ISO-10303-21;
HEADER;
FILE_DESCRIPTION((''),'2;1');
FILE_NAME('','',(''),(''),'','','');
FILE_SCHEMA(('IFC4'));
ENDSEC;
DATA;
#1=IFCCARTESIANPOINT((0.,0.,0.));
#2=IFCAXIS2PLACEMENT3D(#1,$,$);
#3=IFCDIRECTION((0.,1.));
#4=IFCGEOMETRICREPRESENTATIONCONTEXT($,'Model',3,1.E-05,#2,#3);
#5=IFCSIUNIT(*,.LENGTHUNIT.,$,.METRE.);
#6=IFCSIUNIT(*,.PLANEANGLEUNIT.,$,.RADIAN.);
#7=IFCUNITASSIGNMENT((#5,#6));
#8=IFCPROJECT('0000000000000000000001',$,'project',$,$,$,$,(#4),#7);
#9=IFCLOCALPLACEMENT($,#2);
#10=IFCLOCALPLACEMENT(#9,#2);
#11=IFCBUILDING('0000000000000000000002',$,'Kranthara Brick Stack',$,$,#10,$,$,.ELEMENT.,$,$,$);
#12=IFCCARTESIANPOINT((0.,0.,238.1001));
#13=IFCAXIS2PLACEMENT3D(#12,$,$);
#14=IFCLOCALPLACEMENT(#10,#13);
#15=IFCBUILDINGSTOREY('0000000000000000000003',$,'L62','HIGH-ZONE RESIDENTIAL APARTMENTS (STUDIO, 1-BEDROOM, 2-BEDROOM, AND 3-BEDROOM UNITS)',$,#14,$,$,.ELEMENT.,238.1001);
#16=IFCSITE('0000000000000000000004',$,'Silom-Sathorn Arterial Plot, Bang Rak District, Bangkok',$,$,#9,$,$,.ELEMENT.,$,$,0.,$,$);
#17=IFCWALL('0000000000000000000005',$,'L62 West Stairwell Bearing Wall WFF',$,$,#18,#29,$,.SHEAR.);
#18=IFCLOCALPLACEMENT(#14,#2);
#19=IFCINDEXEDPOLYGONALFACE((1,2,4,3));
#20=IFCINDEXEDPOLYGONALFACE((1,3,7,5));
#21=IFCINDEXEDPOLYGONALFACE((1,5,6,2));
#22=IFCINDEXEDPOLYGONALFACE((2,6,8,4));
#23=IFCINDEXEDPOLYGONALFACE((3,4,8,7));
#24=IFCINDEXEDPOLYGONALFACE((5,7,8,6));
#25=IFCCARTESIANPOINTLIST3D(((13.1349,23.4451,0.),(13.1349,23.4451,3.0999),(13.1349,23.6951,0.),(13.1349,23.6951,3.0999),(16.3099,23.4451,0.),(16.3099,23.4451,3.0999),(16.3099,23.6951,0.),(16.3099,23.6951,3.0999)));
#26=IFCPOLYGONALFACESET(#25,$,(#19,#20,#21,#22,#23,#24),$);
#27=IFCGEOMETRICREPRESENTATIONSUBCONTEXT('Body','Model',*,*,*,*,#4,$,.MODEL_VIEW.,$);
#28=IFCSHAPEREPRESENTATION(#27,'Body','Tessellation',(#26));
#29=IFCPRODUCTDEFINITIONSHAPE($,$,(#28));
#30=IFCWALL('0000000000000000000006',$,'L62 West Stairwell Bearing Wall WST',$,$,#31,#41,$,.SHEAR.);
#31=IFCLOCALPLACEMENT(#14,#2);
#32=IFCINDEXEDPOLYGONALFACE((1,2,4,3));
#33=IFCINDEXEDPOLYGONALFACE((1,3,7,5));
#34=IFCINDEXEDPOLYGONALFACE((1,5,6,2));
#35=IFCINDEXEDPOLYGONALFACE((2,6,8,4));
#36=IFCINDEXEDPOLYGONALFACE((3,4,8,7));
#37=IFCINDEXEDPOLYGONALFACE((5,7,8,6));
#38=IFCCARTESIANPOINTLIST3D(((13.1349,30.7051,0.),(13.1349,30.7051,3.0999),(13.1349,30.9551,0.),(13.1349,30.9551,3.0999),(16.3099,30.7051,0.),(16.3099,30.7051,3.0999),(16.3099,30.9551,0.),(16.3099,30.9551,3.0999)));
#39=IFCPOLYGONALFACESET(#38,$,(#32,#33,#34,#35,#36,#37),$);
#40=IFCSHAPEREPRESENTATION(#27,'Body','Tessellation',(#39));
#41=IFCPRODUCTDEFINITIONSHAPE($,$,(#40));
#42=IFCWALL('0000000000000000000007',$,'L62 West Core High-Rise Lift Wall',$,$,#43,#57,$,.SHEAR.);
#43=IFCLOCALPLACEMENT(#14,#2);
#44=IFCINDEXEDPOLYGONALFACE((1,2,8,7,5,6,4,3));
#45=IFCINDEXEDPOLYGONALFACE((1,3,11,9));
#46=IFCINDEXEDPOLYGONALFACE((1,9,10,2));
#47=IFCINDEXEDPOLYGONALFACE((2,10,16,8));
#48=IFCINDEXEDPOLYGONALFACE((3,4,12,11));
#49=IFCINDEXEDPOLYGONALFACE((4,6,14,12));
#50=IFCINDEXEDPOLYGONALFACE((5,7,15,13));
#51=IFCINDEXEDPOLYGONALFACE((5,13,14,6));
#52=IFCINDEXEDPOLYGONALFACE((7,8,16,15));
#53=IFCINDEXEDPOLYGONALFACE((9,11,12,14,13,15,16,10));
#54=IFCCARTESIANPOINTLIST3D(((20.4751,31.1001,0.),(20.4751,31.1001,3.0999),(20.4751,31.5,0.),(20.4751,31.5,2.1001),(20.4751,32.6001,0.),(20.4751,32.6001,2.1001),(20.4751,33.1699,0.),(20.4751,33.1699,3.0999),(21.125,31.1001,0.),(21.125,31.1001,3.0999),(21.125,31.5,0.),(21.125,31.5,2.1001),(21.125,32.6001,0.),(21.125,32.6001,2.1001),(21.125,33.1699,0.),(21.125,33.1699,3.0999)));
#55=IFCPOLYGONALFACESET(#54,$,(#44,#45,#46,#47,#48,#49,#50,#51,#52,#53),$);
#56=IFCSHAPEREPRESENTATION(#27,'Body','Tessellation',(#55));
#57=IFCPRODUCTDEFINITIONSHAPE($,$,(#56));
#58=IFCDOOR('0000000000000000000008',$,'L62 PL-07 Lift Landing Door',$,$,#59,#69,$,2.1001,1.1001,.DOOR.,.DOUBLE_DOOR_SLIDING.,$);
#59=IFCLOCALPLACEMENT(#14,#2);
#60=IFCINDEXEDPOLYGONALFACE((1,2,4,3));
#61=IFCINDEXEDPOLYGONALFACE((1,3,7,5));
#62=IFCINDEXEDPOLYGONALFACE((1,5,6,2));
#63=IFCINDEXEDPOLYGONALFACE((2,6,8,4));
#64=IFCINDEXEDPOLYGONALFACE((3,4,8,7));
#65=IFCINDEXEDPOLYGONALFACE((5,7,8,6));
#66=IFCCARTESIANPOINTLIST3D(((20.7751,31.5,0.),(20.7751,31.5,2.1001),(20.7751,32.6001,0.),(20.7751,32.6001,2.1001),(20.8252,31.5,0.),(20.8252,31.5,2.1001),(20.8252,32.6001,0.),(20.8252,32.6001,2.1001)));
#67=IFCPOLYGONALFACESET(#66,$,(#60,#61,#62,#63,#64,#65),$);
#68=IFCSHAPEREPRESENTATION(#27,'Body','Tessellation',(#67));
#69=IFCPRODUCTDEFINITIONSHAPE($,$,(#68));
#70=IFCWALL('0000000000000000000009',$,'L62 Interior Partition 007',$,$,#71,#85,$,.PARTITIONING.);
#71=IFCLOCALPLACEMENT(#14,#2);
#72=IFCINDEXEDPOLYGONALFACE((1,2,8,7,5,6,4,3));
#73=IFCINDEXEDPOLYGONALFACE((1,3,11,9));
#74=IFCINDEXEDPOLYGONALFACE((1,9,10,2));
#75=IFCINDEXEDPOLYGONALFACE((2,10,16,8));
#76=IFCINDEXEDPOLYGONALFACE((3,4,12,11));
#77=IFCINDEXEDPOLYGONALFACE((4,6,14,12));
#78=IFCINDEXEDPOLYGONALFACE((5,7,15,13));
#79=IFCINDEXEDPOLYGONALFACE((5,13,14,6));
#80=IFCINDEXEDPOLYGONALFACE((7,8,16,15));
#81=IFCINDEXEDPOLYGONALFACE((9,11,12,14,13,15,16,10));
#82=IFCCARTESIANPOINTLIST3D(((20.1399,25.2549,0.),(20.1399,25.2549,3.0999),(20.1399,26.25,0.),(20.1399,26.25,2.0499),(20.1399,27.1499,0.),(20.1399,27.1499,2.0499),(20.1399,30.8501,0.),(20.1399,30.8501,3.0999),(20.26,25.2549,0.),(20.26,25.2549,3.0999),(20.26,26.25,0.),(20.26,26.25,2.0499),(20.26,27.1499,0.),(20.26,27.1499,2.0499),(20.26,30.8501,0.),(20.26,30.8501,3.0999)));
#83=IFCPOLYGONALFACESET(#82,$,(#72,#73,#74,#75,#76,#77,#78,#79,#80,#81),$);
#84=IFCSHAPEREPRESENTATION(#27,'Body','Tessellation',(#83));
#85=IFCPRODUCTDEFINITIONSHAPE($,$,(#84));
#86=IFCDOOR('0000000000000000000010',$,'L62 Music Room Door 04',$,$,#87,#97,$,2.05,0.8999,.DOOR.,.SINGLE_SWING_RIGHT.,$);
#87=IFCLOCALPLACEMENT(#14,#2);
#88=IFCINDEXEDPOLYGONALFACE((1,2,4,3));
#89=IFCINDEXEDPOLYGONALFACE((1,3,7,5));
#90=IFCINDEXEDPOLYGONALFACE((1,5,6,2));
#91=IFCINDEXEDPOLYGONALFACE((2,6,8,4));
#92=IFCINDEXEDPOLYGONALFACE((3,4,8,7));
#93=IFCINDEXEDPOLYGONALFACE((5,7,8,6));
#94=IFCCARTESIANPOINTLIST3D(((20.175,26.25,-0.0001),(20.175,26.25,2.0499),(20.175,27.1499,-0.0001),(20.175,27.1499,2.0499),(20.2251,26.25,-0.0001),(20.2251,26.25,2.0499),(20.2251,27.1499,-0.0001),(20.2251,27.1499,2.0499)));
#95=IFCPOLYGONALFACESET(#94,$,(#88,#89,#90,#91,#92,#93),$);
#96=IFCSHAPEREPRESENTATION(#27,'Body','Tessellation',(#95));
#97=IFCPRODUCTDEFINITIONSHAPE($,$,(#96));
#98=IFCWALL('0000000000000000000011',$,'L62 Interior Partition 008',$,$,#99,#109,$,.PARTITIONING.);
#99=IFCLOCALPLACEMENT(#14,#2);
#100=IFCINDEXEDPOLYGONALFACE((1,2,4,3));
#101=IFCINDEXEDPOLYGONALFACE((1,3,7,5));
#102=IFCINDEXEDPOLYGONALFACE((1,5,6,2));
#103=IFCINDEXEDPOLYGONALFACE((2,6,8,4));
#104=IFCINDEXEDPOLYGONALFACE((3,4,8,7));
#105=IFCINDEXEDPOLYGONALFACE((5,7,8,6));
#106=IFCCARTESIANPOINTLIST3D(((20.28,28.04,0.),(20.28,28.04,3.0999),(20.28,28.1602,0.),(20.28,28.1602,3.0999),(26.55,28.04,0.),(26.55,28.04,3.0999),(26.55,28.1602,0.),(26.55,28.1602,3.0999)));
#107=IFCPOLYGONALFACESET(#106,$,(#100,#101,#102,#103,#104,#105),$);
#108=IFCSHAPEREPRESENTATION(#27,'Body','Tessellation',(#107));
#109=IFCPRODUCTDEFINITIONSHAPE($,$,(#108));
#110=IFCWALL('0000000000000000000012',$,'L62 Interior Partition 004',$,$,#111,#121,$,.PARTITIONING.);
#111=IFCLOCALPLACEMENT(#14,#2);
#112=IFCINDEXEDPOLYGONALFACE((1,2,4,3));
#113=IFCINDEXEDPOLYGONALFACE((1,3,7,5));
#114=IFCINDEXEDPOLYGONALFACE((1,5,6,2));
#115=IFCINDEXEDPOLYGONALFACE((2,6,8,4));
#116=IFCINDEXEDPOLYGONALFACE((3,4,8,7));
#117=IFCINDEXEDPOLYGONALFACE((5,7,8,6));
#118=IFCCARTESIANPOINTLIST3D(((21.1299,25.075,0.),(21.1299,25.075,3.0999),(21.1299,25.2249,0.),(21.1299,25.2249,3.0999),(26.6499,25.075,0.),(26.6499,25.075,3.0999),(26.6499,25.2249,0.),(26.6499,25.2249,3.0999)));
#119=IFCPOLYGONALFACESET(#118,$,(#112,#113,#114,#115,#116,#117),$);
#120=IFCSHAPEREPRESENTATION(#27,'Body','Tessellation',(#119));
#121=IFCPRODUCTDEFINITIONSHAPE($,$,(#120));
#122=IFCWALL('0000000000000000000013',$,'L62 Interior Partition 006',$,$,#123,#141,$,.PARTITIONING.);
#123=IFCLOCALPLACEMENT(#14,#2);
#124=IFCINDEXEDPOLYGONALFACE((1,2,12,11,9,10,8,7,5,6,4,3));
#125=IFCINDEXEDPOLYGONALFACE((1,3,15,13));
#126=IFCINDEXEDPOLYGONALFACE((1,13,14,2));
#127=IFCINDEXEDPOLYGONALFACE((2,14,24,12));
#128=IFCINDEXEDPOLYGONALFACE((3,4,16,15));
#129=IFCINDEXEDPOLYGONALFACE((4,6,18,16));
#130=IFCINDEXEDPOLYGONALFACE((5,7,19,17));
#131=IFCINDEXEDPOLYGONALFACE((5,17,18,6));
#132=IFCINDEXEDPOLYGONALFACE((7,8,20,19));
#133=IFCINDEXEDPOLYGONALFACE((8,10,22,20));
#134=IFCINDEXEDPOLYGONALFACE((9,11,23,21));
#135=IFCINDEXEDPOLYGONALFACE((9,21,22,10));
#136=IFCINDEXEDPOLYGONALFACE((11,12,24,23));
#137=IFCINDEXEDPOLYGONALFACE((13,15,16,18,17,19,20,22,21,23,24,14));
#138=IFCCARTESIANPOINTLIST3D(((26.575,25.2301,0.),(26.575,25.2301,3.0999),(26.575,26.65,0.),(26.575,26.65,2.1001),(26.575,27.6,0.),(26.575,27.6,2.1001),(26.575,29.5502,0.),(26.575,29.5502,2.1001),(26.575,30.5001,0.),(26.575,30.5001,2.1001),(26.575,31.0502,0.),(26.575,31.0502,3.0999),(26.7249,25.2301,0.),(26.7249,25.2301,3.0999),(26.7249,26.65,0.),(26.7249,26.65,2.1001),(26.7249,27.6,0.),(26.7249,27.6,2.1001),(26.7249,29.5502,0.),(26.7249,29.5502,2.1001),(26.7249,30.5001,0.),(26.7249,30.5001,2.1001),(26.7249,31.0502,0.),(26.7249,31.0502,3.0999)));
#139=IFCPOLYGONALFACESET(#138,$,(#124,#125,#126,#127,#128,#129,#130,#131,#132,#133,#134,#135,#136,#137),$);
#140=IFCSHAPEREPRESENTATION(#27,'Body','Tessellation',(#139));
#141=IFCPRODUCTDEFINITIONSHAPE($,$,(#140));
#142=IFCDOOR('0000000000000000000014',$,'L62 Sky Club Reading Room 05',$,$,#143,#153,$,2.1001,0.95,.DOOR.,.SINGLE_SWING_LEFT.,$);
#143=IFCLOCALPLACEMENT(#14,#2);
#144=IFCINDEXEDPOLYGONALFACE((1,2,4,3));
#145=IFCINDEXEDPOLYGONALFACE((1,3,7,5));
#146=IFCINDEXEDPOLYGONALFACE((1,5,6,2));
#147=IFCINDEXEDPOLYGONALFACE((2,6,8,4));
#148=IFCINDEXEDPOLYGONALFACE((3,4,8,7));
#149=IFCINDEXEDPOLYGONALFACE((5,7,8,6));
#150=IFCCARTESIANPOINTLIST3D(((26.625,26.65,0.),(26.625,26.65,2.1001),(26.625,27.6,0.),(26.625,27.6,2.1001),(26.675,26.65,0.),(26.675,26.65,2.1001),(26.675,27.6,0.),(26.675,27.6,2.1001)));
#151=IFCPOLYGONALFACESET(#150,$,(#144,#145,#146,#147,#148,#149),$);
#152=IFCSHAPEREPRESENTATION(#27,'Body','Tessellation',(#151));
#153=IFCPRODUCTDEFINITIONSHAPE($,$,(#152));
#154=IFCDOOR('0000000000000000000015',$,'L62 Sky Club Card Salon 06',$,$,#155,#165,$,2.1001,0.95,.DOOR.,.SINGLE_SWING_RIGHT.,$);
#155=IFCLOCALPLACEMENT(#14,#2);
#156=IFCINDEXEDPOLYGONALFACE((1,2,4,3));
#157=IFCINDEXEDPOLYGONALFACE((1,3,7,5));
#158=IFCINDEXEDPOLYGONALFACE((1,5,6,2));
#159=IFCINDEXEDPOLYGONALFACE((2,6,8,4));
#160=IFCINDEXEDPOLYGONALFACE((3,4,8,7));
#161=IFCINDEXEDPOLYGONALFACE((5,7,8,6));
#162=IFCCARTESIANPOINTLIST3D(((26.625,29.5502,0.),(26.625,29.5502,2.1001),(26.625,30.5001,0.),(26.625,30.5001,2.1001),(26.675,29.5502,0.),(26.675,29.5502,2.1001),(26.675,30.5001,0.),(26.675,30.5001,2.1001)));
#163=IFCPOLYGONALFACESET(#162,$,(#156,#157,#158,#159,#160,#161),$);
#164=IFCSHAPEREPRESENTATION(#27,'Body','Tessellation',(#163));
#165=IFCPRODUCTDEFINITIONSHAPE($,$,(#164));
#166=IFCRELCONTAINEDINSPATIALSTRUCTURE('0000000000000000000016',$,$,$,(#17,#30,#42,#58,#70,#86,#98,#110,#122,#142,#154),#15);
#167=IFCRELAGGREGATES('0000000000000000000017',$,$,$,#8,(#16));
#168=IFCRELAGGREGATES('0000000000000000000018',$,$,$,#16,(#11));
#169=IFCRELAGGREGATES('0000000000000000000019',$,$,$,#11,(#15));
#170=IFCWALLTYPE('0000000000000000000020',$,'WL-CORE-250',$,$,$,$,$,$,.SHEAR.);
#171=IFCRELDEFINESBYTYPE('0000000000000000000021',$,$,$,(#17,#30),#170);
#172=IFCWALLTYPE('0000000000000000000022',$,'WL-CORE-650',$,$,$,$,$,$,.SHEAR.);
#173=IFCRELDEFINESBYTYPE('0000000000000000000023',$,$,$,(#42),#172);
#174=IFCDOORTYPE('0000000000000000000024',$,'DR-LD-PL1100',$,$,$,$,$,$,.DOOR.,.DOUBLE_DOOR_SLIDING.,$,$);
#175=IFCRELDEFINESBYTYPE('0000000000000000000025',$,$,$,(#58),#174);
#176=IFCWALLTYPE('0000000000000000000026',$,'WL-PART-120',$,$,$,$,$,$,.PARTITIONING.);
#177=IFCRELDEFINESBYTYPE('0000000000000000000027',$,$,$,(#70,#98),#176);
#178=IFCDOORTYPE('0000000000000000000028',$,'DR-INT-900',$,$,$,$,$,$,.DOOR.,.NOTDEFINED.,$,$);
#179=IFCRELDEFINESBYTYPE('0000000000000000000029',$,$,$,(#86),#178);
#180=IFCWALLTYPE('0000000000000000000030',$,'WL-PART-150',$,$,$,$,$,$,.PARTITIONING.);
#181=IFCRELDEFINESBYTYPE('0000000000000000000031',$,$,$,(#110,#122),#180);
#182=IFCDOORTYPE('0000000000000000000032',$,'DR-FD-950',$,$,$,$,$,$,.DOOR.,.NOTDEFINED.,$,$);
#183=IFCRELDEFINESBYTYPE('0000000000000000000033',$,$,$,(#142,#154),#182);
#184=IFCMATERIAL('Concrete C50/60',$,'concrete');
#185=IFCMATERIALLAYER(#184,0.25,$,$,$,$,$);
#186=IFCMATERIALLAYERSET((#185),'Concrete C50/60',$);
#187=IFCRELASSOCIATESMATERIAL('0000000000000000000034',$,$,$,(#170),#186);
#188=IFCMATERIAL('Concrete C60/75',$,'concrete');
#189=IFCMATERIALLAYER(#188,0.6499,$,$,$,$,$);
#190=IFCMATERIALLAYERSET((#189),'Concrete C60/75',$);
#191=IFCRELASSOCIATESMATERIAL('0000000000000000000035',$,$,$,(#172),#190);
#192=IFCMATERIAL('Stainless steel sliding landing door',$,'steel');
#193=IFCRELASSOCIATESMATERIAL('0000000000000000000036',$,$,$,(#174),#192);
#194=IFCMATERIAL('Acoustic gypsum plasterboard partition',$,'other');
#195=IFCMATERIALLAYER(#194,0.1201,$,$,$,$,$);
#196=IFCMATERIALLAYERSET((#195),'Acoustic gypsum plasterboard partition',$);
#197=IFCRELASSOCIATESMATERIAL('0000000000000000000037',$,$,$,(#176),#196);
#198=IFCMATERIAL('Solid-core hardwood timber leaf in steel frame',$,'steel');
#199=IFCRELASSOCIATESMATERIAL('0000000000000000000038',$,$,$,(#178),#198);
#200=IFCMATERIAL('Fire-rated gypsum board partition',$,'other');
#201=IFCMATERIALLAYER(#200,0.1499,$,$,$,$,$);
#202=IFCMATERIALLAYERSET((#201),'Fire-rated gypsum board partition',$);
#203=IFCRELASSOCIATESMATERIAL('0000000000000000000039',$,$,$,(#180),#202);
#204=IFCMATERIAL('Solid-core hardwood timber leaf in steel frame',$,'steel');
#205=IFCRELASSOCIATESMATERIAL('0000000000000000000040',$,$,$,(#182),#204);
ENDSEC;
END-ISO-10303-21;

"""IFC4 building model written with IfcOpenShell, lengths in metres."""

from ifc_helpers import new_model, si_unit, direction, frame, frame_2d, origin, place, context, subcontext, project, spatial, rectangle, extrude, material, layer, layer_set, type_object, element, fill, save


model = new_model("IFC4")

# Units and contexts
model_context = context("Model", 3, precision=1e-05, world=origin(), true_north=direction((0.0, 1.0)))
body_context = subcontext(model_context, "Body", "Model", "MODEL_VIEW")
ifc_project = project(units=[si_unit("LENGTHUNIT", "METRE"), si_unit("PLANEANGLEUNIT", "RADIAN")], contexts=[model_context])

# Site, building, storey
site_placement = place(None, origin())
site = spatial("IfcSite", under=ifc_project, at=site_placement, Name="Silom-Sathorn Arterial Plot, Bang Rak District, Bangkok", CompositionType="ELEMENT", RefElevation=0.0)
building_placement = place(site_placement, origin())
building = spatial("IfcBuilding", under=site, at=building_placement, Name="Kranthara Brick Stack", CompositionType="ELEMENT")
storey_placement = place(building_placement, frame((0.0, 0.0, 238.1001)))
storey = spatial("IfcBuildingStorey", under=building, at=storey_placement, Name="L62", Description="HIGH-ZONE RESIDENTIAL APARTMENTS (STUDIO, 1-BEDROOM, 2-BEDROOM, AND 3-BEDROOM UNITS)", CompositionType="ELEMENT", Elevation=238.1001)

# Walls
ifc_material_1 = material(Name="Concrete C50/60", Category="concrete")
ifc_layer_1 = layer(ifc_material_1, 0.25)
ifc_layer_set_1 = layer_set([ifc_layer_1], Name="Concrete C50/60")
wall_type_1 = type_object("IfcWallType", Name="WL-CORE-250", PredefinedType="SHEAR", material=ifc_layer_set_1)
for number, where, z_axis, x_axis, name in (
    (1, (13.135, 23.5701, 0.0), (0.0, 0.0, 1.0), (1.0, 0.0, 0.0), "L62 West Stairwell Bearing Wall WFF"),
    (2, (13.135, 30.8301, 0.0), (0.0, 0.0, 1.0), (1.0, 0.0, 0.0), "L62 West Stairwell Bearing Wall WST"),
):
    element("IfcWall", number, at=place(storey_placement, frame(where, z_axis=z_axis, x_axis=x_axis)), inside=storey, type_object=wall_type_1, Name=name, PredefinedType="SHEAR", context=body_context, shape_type="SweptSolid", body=[
        extrude(rectangle(XDim=3.175, YDim=0.25, at=frame_2d((1.5874, 0.0))), origin(), (0.0, 0.0, 1.0), 3.0999),
    ])

# Walls, openings, doors
ifc_material_2 = material(Name="Concrete C60/75", Category="concrete")
ifc_layer_2 = layer(ifc_material_2, 0.6499)
ifc_layer_set_2 = layer_set([ifc_layer_2], Name="Concrete C60/75")
wall_type_2 = type_object("IfcWallType", Name="WL-CORE-650", PredefinedType="SHEAR", material=ifc_layer_set_2)
wall_1_placement = place(storey_placement, frame((20.8, 31.1001, 0.0), z_axis=(0.0, 0.0, 1.0), x_axis=(0.0, 1.0, 0.0)))
wall_1 = element("IfcWall", 3, at=wall_1_placement, inside=storey, type_object=wall_type_2, Name="L62 West Core High-Rise Lift Wall", PredefinedType="SHEAR", context=body_context, shape_type="SweptSolid", body=[
    extrude(rectangle(XDim=2.0698, YDim=0.6499, at=frame_2d((1.0349, 0.0))), origin(), (0.0, 0.0, 1.0), 3.0999),
])
opening_1_placement = place(wall_1_placement, frame((0.3999, 0.0, 0.0)))
opening_1 = element("IfcOpeningElement", 4, at=opening_1_placement, cuts=wall_1, PredefinedType="OPENING", context=body_context, shape_type="SweptSolid", body=[
    extrude(rectangle(XDim=1.1001, YDim=2.1001, at=frame_2d((0.55, 1.05))), frame((0.0, 0.335, 0.0), z_axis=(0.0, -1.0, 0.0), x_axis=(1.0, 0.0, 0.0)), (0.0, 0.0, 1.0), 0.6699),
])
ifc_material_3 = material(Name="Stainless steel sliding landing door", Category="steel")
door_type_1 = type_object("IfcDoorType", Name="DR-LD-PL1100", OperationType="DOUBLE_DOOR_SLIDING", PredefinedType="DOOR", material=ifc_material_3)
door_1_placement = place(opening_1_placement, origin())
door_1 = element("IfcDoor", 5, at=door_1_placement, inside=storey, type_object=door_type_1, Name="L62 PL-07 Lift Landing Door", OperationType="DOUBLE_DOOR_SLIDING", OverallHeight=2.1001, OverallWidth=1.1001, PredefinedType="DOOR", context=body_context, shape_type="SweptSolid", body=[
    extrude(rectangle(XDim=1.1001, YDim=2.1001, at=frame_2d((0.55, 1.05))), frame((0.0, 0.0249, 0.0), z_axis=(0.0, -1.0, 0.0), x_axis=(1.0, 0.0, 0.0)), (0.0, 0.0, 1.0), 0.05),
])
fill(opening_1, door_1)
ifc_material_4 = material(Name="Acoustic gypsum plasterboard partition", Category="other")
ifc_layer_3 = layer(ifc_material_4, 0.1201)
ifc_layer_set_3 = layer_set([ifc_layer_3], Name="Acoustic gypsum plasterboard partition")
wall_type_3 = type_object("IfcWallType", Name="WL-PART-120", PredefinedType="PARTITIONING", material=ifc_layer_set_3)
wall_2_placement = place(storey_placement, frame((20.2, 25.2549, 0.0), z_axis=(0.0, 0.0, 1.0), x_axis=(0.0, 1.0, 0.0)))
wall_2 = element("IfcWall", 6, at=wall_2_placement, inside=storey, type_object=wall_type_3, Name="L62 Interior Partition 007", PredefinedType="PARTITIONING", context=body_context, shape_type="SweptSolid", body=[
    extrude(rectangle(XDim=5.5952, YDim=0.1201, at=frame_2d((2.7976, 0.0))), origin(), (0.0, 0.0, 1.0), 3.0999),
])
opening_2_placement = place(wall_2_placement, frame((0.9951, 0.0, 0.0)))
opening_2 = element("IfcOpeningElement", 7, at=opening_2_placement, cuts=wall_2, PredefinedType="OPENING", context=body_context, shape_type="SweptSolid", body=[
    extrude(rectangle(XDim=0.8999, YDim=2.05, at=frame_2d((0.45, 1.0249))), frame((0.0, 0.0701, 0.0), z_axis=(0.0, -1.0, 0.0), x_axis=(1.0, 0.0, 0.0)), (0.0, 0.0, 1.0), 0.1401),
])
ifc_material_5 = material(Name="Solid-core hardwood timber leaf in steel frame", Category="steel")
door_type_2 = type_object("IfcDoorType", Name="DR-INT-900", OperationType="NOTDEFINED", PredefinedType="DOOR", material=ifc_material_5)
door_2_placement = place(opening_2_placement, origin())
door_2 = element("IfcDoor", 8, at=door_2_placement, inside=storey, type_object=door_type_2, Name="L62 Music Room Door 04", OperationType="SINGLE_SWING_RIGHT", OverallHeight=2.05, OverallWidth=0.8999, PredefinedType="DOOR", context=body_context, shape_type="SweptSolid", body=[
    extrude(rectangle(XDim=0.8999, YDim=2.05, at=frame_2d((0.45, 1.0249))), frame((0.0, 0.0249, 0.0), z_axis=(0.0, -1.0, 0.0), x_axis=(1.0, 0.0, 0.0)), (0.0, 0.0, 1.0), 0.05),
])
fill(opening_2, door_2)

# Walls
wall_3_placement = place(storey_placement, frame((20.28, 28.1001, 0.0), z_axis=(0.0, 0.0, 1.0), x_axis=(1.0, 0.0, 0.0)))
element("IfcWall", 9, at=wall_3_placement, inside=storey, type_object=wall_type_3, Name="L62 Interior Partition 008", PredefinedType="PARTITIONING", context=body_context, shape_type="SweptSolid", body=[
    extrude(rectangle(XDim=6.27, YDim=0.1201, at=frame_2d((3.135, 0.0))), origin(), (0.0, 0.0, 1.0), 3.0999),
])
ifc_material_6 = material(Name="Fire-rated gypsum board partition", Category="other")
ifc_layer_4 = layer(ifc_material_6, 0.1499)
ifc_layer_set_4 = layer_set([ifc_layer_4], Name="Fire-rated gypsum board partition")
wall_type_4 = type_object("IfcWallType", Name="WL-PART-150", PredefinedType="PARTITIONING", material=ifc_layer_set_4)
wall_4_placement = place(storey_placement, frame((21.1299, 25.1499, 0.0), z_axis=(0.0, 0.0, 1.0), x_axis=(1.0, 0.0, 0.0)))
element("IfcWall", 10, at=wall_4_placement, inside=storey, type_object=wall_type_4, Name="L62 Interior Partition 004", PredefinedType="PARTITIONING", context=body_context, shape_type="SweptSolid", body=[
    extrude(rectangle(XDim=5.52, YDim=0.1499, at=frame_2d((2.76, 0.0))), origin(), (0.0, 0.0, 1.0), 3.0999),
])

# Wall, openings, doors
wall_5_placement = place(storey_placement, frame((26.6499, 25.23, 0.0), z_axis=(0.0, 0.0, 1.0), x_axis=(0.0, 1.0, 0.0)))
wall_5 = element("IfcWall", 11, at=wall_5_placement, inside=storey, type_object=wall_type_4, Name="L62 Interior Partition 006", PredefinedType="PARTITIONING", context=body_context, shape_type="SweptSolid", body=[
    extrude(rectangle(XDim=5.8201, YDim=0.1499, at=frame_2d((2.9102, 0.0))), origin(), (0.0, 0.0, 1.0), 3.0999),
])
opening_3_placement = place(wall_5_placement, frame((1.4199, 0.0, 0.0)))
opening_3 = element("IfcOpeningElement", 12, at=opening_3_placement, cuts=wall_5, PredefinedType="OPENING", context=body_context, shape_type="SweptSolid", body=[
    extrude(rectangle(XDim=0.95, YDim=2.1001, at=frame_2d((0.4751, 1.05))), frame((0.0, 0.085, 0.0), z_axis=(0.0, -1.0, 0.0), x_axis=(1.0, 0.0, 0.0)), (0.0, 0.0, 1.0), 0.1699),
])
opening_4_placement = place(wall_5_placement, frame((4.3201, 0.0, 0.0)))
opening_4 = element("IfcOpeningElement", 13, at=opening_4_placement, cuts=wall_5, PredefinedType="OPENING", context=body_context, shape_type="SweptSolid", body=[
    extrude(rectangle(XDim=0.95, YDim=2.1001, at=frame_2d((0.4751, 1.05))), frame((0.0, 0.085, 0.0), z_axis=(0.0, -1.0, 0.0), x_axis=(1.0, 0.0, 0.0)), (0.0, 0.0, 1.0), 0.1699),
])
ifc_material_7 = material(Name="Solid-core hardwood timber leaf in steel frame", Category="steel")
door_type_3 = type_object("IfcDoorType", Name="DR-FD-950", OperationType="NOTDEFINED", PredefinedType="DOOR", material=ifc_material_7)
door_3_placement = place(opening_3_placement, origin())
door_3 = element("IfcDoor", 14, at=door_3_placement, inside=storey, type_object=door_type_3, Name="L62 Sky Club Reading Room 05", OperationType="SINGLE_SWING_LEFT", OverallHeight=2.1001, OverallWidth=0.95, PredefinedType="DOOR", context=body_context, shape_type="SweptSolid", body=[
    extrude(rectangle(XDim=0.95, YDim=2.1001, at=frame_2d((0.4751, 1.05))), frame((0.0, 0.0249, 0.0), z_axis=(0.0, -1.0, 0.0), x_axis=(1.0, 0.0, 0.0)), (0.0, 0.0, 1.0), 0.05),
])
fill(opening_3, door_3)
door_4_placement = place(opening_4_placement, origin())
door_4 = element("IfcDoor", 15, at=door_4_placement, inside=storey, type_object=door_type_3, Name="L62 Sky Club Card Salon 06", OperationType="SINGLE_SWING_RIGHT", OverallHeight=2.1001, OverallWidth=0.95, PredefinedType="DOOR", context=body_context, shape_type="SweptSolid", body=[
    extrude(rectangle(XDim=0.95, YDim=2.1001, at=frame_2d((0.4751, 1.05))), frame((0.0, 0.0249, 0.0), z_axis=(0.0, -1.0, 0.0), x_axis=(1.0, 0.0, 0.0)), (0.0, 0.0, 1.0), 0.05),
])
fill(opening_4, door_4)

save(model, "model.ifc")
